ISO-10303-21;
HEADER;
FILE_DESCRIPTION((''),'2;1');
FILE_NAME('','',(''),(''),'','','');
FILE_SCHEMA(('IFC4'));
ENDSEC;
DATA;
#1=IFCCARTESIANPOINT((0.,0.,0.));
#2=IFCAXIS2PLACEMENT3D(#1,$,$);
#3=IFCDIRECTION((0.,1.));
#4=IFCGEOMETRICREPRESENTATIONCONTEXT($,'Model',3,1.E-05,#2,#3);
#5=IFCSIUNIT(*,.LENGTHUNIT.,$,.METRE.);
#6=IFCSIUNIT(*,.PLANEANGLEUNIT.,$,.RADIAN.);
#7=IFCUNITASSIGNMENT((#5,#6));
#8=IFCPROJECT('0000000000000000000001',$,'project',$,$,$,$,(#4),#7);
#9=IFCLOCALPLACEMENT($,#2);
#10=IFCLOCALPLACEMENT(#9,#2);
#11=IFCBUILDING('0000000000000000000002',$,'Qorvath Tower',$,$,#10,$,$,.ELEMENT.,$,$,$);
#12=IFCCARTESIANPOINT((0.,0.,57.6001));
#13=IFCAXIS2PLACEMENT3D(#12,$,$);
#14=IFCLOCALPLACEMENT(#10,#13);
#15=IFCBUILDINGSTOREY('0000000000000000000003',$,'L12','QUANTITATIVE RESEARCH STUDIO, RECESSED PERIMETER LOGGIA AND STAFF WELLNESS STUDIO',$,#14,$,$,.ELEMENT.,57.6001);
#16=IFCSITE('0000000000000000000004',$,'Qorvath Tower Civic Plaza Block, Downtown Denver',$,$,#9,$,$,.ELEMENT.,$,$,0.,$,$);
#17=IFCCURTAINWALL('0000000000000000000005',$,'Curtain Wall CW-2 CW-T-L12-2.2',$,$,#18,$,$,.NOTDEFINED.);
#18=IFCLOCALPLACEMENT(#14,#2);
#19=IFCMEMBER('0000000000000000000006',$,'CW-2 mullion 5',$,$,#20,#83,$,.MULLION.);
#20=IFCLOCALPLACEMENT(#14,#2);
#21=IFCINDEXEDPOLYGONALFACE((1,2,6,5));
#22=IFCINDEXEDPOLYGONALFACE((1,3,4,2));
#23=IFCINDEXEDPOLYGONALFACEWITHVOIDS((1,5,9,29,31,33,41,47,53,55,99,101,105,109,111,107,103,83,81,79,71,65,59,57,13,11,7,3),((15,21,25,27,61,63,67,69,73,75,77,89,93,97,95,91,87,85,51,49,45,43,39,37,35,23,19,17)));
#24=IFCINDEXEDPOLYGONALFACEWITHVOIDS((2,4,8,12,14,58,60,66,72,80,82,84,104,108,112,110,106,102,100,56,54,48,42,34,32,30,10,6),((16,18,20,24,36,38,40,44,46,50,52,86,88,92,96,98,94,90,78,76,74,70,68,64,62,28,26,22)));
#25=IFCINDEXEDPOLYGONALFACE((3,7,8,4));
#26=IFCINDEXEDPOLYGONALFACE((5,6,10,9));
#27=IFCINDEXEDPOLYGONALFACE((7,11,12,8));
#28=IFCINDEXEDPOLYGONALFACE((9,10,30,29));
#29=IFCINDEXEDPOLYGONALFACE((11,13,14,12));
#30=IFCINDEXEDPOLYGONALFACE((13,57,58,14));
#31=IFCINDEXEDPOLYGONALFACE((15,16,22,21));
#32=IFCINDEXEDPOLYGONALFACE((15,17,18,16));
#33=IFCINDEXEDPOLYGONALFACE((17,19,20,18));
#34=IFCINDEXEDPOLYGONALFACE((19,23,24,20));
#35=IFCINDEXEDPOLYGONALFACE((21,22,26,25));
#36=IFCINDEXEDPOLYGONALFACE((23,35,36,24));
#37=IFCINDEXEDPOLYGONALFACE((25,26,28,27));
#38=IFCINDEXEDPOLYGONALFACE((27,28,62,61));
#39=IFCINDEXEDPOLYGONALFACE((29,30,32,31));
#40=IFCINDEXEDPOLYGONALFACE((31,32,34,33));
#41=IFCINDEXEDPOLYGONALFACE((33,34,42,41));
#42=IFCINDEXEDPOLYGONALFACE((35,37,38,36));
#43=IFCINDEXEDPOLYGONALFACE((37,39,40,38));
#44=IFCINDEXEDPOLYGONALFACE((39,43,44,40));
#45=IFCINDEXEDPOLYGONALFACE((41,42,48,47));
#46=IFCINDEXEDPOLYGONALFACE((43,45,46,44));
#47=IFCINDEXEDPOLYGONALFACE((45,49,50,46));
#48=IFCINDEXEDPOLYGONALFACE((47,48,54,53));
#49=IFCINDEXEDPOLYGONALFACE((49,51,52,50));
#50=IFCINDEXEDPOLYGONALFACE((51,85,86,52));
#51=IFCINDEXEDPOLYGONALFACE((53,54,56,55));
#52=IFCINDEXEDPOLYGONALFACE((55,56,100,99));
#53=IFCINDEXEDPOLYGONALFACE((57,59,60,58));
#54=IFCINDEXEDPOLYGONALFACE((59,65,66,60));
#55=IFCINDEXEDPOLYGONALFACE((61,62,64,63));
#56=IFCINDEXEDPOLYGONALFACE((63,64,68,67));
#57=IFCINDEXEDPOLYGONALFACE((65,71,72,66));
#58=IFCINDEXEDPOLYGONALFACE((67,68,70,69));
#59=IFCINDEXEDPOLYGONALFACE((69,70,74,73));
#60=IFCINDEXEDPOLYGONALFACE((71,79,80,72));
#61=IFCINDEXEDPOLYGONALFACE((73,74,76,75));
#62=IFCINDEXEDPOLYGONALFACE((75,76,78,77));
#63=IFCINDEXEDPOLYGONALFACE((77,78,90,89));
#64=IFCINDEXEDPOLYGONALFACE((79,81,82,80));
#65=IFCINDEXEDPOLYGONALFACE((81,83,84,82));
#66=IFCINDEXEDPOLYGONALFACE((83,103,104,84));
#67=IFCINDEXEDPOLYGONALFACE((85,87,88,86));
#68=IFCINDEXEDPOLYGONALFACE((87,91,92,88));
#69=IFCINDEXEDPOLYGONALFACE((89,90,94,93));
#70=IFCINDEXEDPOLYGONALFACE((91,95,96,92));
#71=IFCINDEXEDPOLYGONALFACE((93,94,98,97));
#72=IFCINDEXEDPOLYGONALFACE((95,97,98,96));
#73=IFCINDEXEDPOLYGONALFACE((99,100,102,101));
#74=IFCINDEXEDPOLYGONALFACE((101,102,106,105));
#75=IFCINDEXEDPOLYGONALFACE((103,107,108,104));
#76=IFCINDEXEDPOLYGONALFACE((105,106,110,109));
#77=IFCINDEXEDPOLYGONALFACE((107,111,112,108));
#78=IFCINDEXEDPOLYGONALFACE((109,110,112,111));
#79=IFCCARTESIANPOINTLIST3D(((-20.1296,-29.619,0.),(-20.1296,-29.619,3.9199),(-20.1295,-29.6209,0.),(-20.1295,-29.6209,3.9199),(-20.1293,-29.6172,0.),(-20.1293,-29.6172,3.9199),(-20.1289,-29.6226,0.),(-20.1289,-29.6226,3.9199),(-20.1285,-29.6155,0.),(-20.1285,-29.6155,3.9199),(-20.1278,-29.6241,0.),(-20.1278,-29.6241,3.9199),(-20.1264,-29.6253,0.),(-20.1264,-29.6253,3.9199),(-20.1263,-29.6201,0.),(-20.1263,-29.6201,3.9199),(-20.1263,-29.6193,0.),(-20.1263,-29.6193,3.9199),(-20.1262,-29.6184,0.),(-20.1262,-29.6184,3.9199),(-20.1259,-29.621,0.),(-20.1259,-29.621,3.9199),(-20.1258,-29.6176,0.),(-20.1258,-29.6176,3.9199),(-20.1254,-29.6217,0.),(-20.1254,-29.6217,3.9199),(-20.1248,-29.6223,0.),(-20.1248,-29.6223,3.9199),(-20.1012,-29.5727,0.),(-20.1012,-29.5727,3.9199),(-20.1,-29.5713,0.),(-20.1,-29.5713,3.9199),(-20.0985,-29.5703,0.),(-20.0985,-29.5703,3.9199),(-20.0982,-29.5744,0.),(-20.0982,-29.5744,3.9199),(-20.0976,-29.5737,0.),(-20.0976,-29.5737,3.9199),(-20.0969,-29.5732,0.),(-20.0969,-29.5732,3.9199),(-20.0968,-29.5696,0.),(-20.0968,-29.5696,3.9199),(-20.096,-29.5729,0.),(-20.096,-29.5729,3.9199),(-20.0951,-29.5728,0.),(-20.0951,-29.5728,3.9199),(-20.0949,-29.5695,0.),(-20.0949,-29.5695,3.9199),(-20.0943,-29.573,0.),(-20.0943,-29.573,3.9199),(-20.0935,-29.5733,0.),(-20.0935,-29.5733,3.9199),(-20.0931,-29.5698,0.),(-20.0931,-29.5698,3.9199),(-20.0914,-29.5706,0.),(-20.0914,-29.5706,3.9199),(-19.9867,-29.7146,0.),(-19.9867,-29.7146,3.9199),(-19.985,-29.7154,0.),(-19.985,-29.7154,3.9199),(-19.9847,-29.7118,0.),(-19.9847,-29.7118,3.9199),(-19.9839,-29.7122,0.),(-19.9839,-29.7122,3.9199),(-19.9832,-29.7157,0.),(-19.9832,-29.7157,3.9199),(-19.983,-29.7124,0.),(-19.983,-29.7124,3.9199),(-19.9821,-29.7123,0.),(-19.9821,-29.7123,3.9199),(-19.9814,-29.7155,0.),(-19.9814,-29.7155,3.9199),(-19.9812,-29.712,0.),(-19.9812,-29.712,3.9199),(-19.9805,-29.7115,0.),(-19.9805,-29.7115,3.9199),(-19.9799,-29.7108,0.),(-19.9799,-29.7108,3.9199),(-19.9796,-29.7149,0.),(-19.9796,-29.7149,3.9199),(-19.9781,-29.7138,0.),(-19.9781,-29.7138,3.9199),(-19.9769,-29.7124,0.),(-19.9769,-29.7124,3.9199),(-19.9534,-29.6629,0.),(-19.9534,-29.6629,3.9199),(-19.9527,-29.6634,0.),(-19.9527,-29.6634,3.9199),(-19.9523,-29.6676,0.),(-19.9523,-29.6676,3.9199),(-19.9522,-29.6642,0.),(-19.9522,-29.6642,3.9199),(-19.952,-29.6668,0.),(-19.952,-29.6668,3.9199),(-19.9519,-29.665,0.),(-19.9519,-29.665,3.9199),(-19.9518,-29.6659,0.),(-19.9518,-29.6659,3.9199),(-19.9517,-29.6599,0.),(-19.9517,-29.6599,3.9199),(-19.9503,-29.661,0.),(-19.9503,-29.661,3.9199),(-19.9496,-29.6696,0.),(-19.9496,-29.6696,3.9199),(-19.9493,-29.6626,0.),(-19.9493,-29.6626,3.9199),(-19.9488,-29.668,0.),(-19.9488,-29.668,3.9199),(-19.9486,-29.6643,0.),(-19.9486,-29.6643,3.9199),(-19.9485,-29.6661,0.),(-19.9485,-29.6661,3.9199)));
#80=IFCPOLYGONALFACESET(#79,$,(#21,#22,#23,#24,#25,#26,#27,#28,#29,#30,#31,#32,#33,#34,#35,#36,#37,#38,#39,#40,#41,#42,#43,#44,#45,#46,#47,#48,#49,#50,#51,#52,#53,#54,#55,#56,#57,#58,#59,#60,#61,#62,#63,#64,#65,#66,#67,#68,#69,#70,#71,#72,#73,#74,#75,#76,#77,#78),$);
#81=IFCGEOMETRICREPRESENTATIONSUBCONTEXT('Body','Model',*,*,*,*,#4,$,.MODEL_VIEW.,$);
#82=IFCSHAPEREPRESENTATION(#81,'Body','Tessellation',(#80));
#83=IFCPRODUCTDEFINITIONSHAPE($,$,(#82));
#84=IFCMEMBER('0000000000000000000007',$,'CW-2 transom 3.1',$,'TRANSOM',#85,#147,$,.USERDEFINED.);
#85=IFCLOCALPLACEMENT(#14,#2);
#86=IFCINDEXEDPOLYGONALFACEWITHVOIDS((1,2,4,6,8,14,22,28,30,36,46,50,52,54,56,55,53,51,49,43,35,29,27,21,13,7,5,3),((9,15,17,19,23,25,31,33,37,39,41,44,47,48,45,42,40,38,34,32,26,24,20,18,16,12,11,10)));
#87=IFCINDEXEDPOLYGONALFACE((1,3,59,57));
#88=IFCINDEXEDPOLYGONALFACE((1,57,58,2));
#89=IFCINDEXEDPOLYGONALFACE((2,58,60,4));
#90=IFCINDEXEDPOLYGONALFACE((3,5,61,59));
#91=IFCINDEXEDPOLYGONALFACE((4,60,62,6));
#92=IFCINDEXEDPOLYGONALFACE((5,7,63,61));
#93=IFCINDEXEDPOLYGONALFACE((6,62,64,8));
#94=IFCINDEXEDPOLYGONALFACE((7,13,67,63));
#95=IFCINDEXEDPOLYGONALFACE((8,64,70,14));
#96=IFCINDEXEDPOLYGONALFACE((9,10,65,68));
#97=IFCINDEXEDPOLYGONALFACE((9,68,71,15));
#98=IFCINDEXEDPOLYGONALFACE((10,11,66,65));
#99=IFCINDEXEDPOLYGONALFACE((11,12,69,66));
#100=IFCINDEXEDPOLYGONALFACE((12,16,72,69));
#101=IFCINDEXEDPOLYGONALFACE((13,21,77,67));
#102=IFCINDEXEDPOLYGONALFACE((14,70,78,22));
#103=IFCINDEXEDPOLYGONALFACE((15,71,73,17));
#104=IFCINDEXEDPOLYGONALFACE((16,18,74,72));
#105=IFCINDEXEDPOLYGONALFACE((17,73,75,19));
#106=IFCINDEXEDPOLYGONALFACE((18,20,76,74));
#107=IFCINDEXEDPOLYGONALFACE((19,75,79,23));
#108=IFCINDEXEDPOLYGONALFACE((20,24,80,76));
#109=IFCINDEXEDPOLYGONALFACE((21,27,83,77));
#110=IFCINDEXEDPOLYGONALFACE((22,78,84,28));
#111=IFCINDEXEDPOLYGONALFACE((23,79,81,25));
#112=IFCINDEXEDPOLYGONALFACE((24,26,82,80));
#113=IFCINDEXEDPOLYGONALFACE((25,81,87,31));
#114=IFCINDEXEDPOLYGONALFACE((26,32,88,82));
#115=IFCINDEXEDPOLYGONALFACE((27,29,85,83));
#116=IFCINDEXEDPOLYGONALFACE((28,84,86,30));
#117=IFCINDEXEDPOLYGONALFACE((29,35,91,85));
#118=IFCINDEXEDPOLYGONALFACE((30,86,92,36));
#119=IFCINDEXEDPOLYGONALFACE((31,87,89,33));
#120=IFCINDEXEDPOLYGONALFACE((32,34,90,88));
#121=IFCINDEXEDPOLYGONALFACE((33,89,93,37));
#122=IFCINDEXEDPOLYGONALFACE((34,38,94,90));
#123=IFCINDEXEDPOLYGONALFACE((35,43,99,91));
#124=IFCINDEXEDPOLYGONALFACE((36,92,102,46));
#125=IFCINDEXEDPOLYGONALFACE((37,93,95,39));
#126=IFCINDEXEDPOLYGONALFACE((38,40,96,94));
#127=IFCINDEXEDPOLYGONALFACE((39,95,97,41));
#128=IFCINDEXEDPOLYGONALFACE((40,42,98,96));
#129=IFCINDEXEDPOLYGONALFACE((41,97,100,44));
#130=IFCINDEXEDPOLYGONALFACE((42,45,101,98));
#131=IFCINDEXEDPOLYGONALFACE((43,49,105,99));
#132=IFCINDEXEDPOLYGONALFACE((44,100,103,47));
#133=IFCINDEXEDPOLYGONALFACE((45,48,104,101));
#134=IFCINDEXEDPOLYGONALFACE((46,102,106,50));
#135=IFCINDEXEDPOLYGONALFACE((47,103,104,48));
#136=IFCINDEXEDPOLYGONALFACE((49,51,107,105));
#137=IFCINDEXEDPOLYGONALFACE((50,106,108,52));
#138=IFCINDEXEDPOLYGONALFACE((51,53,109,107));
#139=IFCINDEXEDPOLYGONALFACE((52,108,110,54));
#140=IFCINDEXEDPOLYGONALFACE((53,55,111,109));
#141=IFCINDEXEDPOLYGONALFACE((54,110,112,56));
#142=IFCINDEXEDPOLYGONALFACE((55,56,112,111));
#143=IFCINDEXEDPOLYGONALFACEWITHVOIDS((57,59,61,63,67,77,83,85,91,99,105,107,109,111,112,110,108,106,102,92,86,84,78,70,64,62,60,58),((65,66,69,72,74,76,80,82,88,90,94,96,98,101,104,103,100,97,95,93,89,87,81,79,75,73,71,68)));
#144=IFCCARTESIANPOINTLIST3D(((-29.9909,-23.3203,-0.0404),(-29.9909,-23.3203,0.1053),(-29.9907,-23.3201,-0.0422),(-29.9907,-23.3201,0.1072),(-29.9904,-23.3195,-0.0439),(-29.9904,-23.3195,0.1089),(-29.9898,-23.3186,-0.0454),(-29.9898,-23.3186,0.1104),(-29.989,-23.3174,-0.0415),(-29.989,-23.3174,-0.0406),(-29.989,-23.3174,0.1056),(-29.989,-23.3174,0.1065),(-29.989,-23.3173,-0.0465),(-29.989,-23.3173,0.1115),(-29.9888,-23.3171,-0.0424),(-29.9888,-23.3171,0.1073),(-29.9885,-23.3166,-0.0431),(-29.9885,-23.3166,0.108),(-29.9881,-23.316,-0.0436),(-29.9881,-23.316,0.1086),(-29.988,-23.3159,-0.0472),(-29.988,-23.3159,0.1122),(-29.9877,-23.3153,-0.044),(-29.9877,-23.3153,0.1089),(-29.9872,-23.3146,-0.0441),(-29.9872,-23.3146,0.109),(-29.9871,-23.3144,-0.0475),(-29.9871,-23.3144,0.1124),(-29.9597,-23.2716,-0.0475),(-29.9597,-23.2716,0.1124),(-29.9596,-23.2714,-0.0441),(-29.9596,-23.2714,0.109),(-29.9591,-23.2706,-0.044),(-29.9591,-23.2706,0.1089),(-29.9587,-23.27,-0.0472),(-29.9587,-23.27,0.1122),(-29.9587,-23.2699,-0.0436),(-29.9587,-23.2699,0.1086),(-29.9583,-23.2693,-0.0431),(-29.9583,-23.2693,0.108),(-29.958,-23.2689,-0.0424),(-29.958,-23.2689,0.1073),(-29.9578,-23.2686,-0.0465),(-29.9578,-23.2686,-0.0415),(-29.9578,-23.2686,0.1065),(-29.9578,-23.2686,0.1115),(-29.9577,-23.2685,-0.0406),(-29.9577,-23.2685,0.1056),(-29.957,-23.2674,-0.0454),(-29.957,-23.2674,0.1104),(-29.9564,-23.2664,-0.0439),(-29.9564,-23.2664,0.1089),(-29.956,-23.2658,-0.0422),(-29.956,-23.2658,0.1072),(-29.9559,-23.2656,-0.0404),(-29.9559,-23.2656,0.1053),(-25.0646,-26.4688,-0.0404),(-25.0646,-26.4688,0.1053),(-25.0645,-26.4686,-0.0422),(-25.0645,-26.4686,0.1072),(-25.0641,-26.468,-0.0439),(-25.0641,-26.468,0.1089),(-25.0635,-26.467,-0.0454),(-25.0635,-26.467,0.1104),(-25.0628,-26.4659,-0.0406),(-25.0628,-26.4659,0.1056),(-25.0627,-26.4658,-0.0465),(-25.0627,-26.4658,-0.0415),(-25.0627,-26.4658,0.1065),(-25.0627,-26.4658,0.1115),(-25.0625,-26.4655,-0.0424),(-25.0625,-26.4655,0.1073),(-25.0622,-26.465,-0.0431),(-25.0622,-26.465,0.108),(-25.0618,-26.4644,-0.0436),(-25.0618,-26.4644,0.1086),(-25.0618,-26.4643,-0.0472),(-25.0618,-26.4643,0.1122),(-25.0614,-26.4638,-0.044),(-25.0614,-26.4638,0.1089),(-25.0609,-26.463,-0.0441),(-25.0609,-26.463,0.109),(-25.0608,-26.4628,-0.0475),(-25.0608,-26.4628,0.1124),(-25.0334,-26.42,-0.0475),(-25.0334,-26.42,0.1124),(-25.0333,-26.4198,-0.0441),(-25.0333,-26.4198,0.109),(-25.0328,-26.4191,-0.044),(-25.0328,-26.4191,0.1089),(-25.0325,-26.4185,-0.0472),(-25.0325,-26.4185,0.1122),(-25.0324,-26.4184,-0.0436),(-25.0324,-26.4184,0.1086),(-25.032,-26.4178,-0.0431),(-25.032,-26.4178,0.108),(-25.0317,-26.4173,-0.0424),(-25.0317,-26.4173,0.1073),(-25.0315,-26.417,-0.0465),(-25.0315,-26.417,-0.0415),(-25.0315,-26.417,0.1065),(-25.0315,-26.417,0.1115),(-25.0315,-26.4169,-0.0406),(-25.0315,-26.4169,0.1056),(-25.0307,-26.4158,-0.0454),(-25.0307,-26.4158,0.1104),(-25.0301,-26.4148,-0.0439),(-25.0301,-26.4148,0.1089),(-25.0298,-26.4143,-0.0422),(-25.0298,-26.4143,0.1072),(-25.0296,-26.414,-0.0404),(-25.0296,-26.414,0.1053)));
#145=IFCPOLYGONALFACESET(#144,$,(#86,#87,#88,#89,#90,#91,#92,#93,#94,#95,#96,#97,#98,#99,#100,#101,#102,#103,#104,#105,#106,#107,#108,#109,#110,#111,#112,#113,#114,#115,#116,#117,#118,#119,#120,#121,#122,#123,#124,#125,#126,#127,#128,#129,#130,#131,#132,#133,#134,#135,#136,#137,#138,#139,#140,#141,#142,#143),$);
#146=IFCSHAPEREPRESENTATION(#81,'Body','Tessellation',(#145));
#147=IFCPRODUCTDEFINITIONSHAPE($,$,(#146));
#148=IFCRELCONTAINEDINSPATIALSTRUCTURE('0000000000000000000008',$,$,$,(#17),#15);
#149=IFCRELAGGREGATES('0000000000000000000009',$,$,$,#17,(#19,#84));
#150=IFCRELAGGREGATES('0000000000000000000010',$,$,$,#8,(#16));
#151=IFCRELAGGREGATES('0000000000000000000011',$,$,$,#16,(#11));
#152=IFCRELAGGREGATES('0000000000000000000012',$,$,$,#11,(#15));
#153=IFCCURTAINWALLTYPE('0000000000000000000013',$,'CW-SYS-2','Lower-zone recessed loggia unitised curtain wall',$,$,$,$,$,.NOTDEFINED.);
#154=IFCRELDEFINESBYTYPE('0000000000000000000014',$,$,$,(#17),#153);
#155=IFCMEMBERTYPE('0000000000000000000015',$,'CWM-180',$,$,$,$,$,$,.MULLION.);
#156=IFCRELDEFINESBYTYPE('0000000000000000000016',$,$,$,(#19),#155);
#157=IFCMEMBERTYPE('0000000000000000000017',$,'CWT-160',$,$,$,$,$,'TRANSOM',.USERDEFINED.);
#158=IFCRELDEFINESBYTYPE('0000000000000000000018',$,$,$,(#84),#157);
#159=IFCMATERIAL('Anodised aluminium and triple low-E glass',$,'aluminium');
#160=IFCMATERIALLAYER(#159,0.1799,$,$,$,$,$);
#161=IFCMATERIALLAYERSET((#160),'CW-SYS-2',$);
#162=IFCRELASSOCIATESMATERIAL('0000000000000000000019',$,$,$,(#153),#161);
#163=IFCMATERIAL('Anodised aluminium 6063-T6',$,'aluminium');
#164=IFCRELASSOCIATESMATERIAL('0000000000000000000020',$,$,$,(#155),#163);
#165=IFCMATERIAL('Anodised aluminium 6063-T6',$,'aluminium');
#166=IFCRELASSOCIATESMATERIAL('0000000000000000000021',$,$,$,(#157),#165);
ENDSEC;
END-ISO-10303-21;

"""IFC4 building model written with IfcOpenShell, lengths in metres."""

from ifc_helpers import new_model, si_unit, direction, frame, origin, origin_2d, place, context, subcontext, project, spatial, hollow_rectangle, extrude, material, layer, layer_set, material_profile, profile_set, type_object, element, aggregate, save


model = new_model("IFC4")

# Units and contexts
model_context = context("Model", 3, precision=1e-05, world=origin(), true_north=direction((0.0, 1.0)))
body_context = subcontext(model_context, "Body", "Model", "MODEL_VIEW")
ifc_project = project(units=[si_unit("LENGTHUNIT", "METRE"), si_unit("PLANEANGLEUNIT", "RADIAN")], contexts=[model_context])

# Site, building, storey
site_placement = place(None, origin())
site = spatial("IfcSite", under=ifc_project, at=site_placement, Name="Qorvath Tower Civic Plaza Block, Downtown Denver", CompositionType="ELEMENT", RefElevation=0.0)
building_placement = place(site_placement, origin())
building = spatial("IfcBuilding", under=site, at=building_placement, Name="Qorvath Tower", CompositionType="ELEMENT")
storey_placement = place(building_placement, frame((0.0, 0.0, 57.6001)))
storey = spatial("IfcBuildingStorey", under=building, at=storey_placement, Name="L12", Description="QUANTITATIVE RESEARCH STUDIO, RECESSED PERIMETER LOGGIA AND STAFF WELLNESS STUDIO", CompositionType="ELEMENT", Elevation=57.6001)

# Curtain wall, members
ifc_material_1 = material(Name="Anodised aluminium and triple low-E glass", Category="aluminium")
ifc_layer_1 = layer(ifc_material_1, 0.1799)
ifc_layer_set_1 = layer_set([ifc_layer_1], Name="CW-SYS-2")
curtain_wall_type = type_object("IfcCurtainWallType", Name="CW-SYS-2", Description="Lower-zone recessed loggia unitised curtain wall", PredefinedType="NOTDEFINED", material=ifc_layer_set_1)
curtain_wall_placement = place(storey_placement, origin())
curtain_wall = element("IfcCurtainWall", 1, at=curtain_wall_placement, inside=storey, type_object=curtain_wall_type, Name="Curtain Wall CW-2 CW-T-L12-2.2", PredefinedType="NOTDEFINED")
ifc_material_2 = material(Name="Anodised aluminium 6063-T6", Category="aluminium")
ifc_material_profile_1 = material_profile(ifc_material_2, hollow_rectangle(XDim=0.0649, YDim=0.1799, WallThickness=0.0034, InnerFilletRadius=0.0034, OuterFilletRadius=0.0071, at=origin_2d()), Name="CWM 180x65")
ifc_profile_set_1 = profile_set([ifc_material_profile_1], Name="Anodised aluminium 6063-T6")
member_type_1 = type_object("IfcMemberType", Name="CWM-180", PredefinedType="MULLION", material=ifc_profile_set_1)
member_1_placement = place(storey_placement, frame((-20.0391, -29.6426, 0.0), z_axis=(0.0, 0.0, 1.0), x_axis=(0.538536, 0.842602, 0.0)))
member_1 = element("IfcMember", 2, at=member_1_placement, type_object=member_type_1, Name="CW-2 mullion 5", PredefinedType="MULLION", context=body_context, shape_type="SweptSolid", body=[
    extrude(hollow_rectangle(XDim=0.0649, YDim=0.1799, WallThickness=0.0034, InnerFilletRadius=0.0034, OuterFilletRadius=0.0071, at=origin_2d()), origin(), (0.0, 0.0, 1.0), 3.9199),
])
ifc_material_3 = material(Name="Anodised aluminium 6063-T6", Category="aluminium")
ifc_material_profile_2 = material_profile(ifc_material_3, hollow_rectangle(XDim=0.0649, YDim=0.1599, WallThickness=0.0034, InnerFilletRadius=0.0034, OuterFilletRadius=0.0071, at=origin_2d()), Name="CWT 160x65")
ifc_profile_set_2 = profile_set([ifc_material_profile_2], Name="Anodised aluminium 6063-T6")
member_type_2 = type_object("IfcMemberType", Name="CWT-160", ElementType="TRANSOM", PredefinedType="USERDEFINED", material=ifc_profile_set_2)
member_2_placement = place(storey_placement, frame((-29.9734, -23.293, 0.0325), z_axis=(0.842611, -0.538523, 0.0), x_axis=(0.538523, 0.842611, 0.0)))
member_2 = element("IfcMember", 3, at=member_2_placement, type_object=member_type_2, Name="CW-2 transom 3.1", ObjectType="TRANSOM", PredefinedType="USERDEFINED", context=body_context, shape_type="SweptSolid", body=[
    extrude(hollow_rectangle(XDim=0.0649, YDim=0.1599, WallThickness=0.0034, InnerFilletRadius=0.0034, OuterFilletRadius=0.0071, at=origin_2d()), origin(), (0.0, 0.0, 1.0), 5.8464),
])
aggregate(curtain_wall, [member_1, member_2])

save(model, "model.ifc")
